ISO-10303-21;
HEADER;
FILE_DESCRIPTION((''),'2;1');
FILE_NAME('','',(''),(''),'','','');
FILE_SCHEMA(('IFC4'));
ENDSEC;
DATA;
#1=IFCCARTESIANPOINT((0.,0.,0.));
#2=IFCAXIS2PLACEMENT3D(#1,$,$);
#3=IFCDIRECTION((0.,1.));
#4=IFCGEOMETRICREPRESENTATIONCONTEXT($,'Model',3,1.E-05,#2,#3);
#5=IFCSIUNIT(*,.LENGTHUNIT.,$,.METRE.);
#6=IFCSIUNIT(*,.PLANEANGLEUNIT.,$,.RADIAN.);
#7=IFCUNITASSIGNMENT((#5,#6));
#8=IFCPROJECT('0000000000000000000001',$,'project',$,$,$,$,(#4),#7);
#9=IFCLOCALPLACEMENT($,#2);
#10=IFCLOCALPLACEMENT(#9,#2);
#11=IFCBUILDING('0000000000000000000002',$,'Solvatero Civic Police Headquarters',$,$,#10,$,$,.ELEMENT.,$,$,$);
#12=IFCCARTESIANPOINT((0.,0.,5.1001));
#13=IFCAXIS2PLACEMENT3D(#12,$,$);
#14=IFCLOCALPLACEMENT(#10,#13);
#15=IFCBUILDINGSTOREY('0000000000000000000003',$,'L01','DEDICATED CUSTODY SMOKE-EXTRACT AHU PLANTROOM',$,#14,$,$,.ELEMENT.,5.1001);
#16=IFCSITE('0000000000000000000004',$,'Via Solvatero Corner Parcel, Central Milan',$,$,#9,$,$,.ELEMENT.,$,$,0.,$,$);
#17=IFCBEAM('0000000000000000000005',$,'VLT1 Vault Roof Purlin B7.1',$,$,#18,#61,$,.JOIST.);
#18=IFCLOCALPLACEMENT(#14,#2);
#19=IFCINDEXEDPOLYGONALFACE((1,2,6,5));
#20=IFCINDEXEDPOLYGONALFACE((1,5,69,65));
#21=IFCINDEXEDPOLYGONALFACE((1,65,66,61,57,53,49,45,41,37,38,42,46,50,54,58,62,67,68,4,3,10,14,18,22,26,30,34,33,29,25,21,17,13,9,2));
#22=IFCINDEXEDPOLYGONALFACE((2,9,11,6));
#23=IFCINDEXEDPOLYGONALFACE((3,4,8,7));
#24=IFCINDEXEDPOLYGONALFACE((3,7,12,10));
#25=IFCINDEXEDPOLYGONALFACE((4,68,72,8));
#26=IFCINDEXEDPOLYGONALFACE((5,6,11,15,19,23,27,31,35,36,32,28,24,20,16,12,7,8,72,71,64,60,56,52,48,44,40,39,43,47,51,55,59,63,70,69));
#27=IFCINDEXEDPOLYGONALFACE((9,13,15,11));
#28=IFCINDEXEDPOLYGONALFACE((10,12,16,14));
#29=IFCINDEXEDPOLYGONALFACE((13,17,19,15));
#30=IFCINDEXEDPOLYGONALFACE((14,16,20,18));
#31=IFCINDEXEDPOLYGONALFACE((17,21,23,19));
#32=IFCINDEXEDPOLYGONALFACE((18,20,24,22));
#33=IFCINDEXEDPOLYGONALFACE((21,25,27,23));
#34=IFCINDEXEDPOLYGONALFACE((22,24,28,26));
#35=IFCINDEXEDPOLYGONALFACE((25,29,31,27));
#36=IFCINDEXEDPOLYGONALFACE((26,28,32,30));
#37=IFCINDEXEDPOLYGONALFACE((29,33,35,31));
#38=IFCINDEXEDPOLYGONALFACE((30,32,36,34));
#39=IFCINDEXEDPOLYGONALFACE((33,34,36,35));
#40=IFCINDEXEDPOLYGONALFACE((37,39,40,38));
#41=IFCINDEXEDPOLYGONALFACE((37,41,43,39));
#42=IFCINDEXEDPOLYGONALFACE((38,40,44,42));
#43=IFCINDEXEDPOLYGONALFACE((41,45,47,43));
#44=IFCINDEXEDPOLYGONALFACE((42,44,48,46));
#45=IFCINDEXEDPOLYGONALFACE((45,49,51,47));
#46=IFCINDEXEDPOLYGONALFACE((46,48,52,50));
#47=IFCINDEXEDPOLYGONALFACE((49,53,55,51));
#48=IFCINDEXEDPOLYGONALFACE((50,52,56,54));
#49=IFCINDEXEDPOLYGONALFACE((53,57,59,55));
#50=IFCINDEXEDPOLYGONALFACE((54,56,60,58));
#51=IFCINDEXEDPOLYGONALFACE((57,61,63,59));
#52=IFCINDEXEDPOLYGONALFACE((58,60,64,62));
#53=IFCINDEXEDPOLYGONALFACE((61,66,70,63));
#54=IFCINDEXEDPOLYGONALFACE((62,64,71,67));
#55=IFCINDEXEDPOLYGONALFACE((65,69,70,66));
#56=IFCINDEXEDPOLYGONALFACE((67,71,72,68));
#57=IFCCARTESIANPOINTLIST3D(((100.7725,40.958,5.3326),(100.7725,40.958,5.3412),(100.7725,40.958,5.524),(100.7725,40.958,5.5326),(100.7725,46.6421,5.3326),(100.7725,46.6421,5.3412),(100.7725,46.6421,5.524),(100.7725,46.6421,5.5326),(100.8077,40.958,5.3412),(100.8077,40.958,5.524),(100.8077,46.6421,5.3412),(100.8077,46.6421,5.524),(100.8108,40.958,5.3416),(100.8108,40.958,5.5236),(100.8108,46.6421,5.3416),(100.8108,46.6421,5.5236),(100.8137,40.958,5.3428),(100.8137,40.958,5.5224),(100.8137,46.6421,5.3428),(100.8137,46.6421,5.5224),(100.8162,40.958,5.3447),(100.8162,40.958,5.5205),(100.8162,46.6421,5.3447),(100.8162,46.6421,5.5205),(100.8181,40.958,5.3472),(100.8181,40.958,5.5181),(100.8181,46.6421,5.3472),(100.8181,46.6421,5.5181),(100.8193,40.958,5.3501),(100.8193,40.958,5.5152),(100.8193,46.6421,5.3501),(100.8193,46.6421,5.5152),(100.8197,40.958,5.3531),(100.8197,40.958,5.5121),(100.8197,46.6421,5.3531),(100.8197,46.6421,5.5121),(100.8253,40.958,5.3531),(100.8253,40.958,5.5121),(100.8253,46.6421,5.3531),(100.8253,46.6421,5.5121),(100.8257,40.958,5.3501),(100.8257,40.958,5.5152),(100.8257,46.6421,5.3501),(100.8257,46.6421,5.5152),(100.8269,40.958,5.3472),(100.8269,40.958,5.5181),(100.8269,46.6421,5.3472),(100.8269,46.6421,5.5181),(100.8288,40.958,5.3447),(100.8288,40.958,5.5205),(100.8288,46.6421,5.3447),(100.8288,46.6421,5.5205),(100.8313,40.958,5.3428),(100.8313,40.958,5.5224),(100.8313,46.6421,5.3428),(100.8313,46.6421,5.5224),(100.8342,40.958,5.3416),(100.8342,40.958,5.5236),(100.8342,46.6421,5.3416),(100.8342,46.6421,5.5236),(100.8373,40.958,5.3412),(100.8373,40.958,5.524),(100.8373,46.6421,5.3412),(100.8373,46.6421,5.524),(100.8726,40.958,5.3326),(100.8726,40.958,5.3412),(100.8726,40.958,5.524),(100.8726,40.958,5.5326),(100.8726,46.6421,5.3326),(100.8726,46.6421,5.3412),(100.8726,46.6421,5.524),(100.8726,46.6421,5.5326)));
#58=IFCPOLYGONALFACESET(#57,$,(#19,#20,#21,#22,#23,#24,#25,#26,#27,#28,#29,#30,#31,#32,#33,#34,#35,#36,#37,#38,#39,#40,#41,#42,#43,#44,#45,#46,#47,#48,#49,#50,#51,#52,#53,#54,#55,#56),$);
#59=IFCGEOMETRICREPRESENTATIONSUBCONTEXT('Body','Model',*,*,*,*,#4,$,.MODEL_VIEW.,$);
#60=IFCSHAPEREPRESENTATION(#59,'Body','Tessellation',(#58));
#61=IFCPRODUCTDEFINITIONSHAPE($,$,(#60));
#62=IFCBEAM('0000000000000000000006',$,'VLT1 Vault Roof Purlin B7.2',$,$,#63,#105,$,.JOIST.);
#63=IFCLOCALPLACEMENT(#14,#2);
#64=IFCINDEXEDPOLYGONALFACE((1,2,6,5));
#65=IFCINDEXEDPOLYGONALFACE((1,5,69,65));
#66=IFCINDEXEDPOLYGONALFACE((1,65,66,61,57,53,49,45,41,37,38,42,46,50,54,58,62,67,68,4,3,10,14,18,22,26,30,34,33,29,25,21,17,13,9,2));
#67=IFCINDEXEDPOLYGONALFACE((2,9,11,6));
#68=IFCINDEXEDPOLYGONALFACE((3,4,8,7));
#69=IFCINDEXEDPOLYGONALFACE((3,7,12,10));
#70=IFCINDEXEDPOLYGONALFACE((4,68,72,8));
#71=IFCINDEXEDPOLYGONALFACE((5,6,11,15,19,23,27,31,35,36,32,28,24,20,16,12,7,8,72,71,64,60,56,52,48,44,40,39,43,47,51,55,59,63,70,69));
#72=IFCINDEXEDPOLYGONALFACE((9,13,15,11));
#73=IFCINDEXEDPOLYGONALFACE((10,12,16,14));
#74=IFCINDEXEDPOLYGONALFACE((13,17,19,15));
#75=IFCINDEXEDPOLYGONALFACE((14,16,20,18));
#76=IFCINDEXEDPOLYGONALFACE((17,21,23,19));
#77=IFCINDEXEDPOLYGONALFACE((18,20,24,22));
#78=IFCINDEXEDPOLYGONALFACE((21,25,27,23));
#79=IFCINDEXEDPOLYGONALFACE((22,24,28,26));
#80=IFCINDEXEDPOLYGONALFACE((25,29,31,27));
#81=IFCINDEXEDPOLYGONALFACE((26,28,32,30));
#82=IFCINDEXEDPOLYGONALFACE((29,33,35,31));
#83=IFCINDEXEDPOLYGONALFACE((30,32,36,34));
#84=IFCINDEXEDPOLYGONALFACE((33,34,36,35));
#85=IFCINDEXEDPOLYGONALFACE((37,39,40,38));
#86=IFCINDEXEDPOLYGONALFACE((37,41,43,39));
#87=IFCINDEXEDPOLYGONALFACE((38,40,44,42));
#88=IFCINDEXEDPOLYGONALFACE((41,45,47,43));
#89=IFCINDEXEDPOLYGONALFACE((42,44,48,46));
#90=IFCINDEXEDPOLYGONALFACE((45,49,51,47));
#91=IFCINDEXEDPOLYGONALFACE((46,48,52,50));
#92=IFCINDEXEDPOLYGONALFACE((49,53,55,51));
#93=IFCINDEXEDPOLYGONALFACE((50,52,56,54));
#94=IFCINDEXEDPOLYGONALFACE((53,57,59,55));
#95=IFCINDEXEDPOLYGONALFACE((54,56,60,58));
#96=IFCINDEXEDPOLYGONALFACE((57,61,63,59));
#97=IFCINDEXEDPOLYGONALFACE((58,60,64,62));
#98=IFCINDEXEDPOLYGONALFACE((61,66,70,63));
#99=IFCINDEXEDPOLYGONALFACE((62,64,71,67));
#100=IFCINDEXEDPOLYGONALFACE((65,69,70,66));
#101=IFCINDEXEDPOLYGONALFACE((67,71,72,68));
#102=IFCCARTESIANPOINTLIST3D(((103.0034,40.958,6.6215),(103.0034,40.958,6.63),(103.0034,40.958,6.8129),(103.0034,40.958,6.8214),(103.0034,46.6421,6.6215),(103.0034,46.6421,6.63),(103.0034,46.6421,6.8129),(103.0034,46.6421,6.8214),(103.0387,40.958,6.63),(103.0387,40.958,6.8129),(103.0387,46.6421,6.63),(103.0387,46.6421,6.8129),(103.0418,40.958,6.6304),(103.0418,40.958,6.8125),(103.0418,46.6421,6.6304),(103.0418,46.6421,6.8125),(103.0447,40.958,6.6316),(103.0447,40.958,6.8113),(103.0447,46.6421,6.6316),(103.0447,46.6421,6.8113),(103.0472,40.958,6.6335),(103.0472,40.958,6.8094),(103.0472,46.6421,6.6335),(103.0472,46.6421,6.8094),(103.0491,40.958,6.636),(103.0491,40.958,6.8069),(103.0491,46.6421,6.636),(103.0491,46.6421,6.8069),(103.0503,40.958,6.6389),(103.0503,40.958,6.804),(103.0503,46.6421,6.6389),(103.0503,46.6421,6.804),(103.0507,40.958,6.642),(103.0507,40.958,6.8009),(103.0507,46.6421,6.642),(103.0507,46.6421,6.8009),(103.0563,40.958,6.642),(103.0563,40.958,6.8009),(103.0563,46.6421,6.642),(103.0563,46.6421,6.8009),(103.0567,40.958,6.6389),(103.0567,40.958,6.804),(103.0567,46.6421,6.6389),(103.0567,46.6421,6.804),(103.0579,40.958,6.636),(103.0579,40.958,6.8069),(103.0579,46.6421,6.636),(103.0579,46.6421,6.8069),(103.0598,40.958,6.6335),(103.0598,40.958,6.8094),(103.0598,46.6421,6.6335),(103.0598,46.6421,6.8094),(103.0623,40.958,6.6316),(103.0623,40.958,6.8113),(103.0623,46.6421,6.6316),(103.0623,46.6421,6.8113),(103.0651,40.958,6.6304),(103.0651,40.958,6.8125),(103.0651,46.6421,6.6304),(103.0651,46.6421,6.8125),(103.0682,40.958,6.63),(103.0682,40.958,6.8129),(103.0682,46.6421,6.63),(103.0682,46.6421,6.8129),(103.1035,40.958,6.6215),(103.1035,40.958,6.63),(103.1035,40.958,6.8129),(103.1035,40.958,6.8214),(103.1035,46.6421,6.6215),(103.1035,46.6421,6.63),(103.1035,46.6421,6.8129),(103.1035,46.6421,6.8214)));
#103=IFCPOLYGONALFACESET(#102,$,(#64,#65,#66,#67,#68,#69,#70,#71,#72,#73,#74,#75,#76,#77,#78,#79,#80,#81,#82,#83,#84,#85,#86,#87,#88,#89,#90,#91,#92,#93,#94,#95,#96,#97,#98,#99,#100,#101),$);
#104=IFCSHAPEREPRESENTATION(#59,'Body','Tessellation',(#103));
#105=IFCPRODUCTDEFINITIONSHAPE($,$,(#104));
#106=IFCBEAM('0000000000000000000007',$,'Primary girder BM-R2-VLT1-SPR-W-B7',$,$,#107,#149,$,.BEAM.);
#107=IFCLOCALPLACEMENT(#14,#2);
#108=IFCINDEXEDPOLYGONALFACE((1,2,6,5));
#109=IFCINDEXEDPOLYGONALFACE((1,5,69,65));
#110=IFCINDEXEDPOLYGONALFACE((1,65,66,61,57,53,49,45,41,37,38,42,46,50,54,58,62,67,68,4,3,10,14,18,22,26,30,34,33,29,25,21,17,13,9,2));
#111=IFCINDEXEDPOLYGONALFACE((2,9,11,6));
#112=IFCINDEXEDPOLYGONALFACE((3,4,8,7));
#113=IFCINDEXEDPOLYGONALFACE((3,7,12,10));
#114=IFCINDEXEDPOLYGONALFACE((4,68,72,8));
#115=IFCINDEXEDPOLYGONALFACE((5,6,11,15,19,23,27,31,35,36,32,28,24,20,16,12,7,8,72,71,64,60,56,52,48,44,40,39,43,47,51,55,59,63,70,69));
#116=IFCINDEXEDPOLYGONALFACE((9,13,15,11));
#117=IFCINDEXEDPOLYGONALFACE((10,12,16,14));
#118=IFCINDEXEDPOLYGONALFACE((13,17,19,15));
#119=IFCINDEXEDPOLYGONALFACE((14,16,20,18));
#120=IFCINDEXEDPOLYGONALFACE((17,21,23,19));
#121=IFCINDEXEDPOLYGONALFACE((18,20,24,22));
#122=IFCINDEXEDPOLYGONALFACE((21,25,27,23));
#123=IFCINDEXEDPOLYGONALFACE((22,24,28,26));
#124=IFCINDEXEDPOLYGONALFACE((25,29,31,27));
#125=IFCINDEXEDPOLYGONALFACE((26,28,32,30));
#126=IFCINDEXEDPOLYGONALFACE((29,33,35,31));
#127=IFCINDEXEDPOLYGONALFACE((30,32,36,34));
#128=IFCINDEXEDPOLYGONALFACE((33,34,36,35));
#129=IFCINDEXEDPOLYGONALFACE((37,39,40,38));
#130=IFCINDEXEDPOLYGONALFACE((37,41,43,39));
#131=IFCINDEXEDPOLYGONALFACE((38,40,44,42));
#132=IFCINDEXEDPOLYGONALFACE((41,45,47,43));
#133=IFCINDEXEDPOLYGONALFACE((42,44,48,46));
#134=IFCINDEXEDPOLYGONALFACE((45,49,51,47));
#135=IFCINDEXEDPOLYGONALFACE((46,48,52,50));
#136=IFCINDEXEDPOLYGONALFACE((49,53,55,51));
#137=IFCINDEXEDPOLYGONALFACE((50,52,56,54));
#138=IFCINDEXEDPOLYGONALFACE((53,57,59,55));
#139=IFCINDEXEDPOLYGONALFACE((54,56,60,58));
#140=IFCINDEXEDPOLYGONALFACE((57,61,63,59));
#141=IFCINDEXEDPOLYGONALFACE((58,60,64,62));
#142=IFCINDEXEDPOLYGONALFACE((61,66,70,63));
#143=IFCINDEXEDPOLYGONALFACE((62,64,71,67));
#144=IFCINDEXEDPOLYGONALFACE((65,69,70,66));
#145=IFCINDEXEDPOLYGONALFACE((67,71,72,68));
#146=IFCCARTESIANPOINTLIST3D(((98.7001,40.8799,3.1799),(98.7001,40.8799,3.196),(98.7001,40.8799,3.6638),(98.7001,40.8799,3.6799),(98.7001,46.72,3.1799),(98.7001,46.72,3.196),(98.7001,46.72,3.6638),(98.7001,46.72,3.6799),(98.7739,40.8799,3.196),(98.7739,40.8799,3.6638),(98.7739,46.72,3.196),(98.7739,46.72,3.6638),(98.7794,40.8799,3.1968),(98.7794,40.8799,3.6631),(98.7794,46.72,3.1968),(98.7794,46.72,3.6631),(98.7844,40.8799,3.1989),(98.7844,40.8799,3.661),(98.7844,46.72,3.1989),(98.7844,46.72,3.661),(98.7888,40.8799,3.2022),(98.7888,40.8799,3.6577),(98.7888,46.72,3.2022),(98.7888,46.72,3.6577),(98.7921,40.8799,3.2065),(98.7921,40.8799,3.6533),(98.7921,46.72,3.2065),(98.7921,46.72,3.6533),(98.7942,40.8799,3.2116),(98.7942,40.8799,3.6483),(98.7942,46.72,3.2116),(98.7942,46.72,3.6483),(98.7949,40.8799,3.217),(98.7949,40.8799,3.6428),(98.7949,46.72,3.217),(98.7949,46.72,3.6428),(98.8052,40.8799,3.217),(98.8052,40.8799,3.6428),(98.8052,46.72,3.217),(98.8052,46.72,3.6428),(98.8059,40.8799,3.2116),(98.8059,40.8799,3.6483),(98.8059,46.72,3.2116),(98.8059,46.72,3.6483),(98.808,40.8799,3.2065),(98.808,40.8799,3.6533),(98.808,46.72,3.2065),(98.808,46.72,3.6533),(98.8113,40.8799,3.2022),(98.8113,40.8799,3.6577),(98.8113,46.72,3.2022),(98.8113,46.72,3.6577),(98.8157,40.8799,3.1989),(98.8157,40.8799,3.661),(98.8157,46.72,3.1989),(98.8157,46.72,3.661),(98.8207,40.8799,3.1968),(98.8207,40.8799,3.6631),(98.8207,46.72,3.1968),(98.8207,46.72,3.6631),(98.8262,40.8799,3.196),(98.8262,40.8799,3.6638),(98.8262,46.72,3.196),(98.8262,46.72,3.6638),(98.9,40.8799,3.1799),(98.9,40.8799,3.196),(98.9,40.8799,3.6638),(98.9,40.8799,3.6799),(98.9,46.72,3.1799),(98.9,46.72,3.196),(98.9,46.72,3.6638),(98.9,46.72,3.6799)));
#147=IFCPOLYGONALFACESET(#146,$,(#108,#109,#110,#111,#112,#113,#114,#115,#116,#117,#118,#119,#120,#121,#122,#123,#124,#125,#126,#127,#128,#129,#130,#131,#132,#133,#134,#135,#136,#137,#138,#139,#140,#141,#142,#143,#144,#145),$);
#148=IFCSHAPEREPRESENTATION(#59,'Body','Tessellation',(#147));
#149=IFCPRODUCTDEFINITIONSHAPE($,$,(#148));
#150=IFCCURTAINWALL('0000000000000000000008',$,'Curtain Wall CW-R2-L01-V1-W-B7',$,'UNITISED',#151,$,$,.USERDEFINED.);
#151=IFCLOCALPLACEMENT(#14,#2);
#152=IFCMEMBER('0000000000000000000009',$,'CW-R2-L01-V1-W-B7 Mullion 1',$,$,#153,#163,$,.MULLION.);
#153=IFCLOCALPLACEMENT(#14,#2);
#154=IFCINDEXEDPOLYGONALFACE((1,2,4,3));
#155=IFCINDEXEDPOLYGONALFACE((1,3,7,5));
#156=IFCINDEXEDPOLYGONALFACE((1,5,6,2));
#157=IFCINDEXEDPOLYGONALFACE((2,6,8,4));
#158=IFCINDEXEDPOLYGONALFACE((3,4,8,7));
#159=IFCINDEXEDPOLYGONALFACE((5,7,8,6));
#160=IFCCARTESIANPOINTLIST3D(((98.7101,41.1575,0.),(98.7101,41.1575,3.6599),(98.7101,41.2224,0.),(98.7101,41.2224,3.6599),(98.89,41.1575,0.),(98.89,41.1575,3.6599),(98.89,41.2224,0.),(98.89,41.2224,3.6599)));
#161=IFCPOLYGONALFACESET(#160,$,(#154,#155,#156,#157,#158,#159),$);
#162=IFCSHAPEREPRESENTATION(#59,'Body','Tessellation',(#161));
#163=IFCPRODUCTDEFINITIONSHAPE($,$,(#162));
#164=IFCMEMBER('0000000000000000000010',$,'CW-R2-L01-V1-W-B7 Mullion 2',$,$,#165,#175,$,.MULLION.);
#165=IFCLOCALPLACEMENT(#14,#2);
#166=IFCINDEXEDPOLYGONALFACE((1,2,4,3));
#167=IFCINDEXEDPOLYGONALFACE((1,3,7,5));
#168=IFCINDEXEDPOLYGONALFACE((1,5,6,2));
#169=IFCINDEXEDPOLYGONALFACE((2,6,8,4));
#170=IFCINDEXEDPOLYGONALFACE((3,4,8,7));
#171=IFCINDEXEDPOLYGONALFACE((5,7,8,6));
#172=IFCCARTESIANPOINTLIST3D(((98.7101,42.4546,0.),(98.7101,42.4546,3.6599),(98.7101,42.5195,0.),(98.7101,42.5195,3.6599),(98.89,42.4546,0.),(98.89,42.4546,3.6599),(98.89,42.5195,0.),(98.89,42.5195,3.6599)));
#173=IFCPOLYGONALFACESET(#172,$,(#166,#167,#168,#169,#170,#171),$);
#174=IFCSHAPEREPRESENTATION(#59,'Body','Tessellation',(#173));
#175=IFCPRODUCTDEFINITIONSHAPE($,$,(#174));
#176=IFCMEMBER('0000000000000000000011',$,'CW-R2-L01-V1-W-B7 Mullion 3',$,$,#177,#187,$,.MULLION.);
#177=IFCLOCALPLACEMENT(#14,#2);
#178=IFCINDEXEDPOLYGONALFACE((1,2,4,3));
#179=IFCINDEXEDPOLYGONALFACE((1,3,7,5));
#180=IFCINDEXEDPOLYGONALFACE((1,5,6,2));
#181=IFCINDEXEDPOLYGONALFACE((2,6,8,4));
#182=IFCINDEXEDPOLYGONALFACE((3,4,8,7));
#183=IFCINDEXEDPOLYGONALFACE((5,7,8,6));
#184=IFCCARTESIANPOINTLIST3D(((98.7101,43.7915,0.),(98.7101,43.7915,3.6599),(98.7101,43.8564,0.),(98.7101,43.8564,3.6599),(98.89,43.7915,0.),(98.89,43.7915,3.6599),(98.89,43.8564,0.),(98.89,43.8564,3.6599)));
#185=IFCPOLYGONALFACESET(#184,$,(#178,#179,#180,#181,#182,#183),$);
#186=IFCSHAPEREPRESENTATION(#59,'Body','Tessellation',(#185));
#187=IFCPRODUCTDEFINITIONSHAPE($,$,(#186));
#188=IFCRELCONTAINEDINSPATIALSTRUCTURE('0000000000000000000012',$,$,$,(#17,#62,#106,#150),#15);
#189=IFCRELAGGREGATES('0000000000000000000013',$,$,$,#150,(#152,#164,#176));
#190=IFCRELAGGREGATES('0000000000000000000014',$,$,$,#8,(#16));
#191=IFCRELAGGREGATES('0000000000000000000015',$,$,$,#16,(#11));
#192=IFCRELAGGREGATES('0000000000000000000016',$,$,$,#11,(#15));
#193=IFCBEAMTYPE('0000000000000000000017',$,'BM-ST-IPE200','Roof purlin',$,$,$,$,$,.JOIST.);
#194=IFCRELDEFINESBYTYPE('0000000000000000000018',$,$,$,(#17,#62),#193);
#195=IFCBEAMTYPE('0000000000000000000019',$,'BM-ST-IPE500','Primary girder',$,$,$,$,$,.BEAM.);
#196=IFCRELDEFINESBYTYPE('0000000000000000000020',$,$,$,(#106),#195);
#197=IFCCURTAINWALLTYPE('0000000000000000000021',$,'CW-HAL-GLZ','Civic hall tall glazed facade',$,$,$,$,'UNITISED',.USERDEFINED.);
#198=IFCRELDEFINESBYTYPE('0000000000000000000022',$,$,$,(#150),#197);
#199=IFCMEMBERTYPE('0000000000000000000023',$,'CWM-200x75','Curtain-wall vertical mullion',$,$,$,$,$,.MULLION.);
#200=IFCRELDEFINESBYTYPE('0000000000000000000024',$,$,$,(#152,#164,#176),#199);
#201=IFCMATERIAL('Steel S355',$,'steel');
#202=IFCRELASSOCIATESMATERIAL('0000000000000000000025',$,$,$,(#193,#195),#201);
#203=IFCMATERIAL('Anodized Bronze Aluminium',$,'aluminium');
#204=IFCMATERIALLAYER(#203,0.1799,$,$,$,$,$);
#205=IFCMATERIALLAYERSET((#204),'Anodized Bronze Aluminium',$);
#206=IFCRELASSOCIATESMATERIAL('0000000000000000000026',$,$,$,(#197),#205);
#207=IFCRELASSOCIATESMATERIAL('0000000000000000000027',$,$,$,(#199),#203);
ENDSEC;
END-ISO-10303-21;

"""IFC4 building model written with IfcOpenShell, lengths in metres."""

from ifc_helpers import new_model, si_unit, direction, frame, origin, origin_2d, place, context, subcontext, project, spatial, rectangle, i_section, extrude, material, layer, layer_set, material_profile, profile_set, type_object, element, aggregate, save


model = new_model("IFC4")

# Units and contexts
model_context = context("Model", 3, precision=1e-05, world=origin(), true_north=direction((0.0, 1.0)))
body_context = subcontext(model_context, "Body", "Model", "MODEL_VIEW")
ifc_project = project(units=[si_unit("LENGTHUNIT", "METRE"), si_unit("PLANEANGLEUNIT", "RADIAN")], contexts=[model_context])

# Site, building, storey
site_placement = place(None, origin())
site = spatial("IfcSite", under=ifc_project, at=site_placement, Name="Via Solvatero Corner Parcel, Central Milan", CompositionType="ELEMENT", RefElevation=0.0)
building_placement = place(site_placement, origin())
building = spatial("IfcBuilding", under=site, at=building_placement, Name="Solvatero Civic Police Headquarters", CompositionType="ELEMENT")
storey_placement = place(building_placement, frame((0.0, 0.0, 5.1001)))
storey = spatial("IfcBuildingStorey", under=building, at=storey_placement, Name="L01", Description="DEDICATED CUSTODY SMOKE-EXTRACT AHU PLANTROOM", CompositionType="ELEMENT", Elevation=5.1001)

# Beams
ifc_material_1 = material(Name="Steel S355", Category="steel")
ifc_material_profile_1 = material_profile(ifc_material_1, i_section(OverallWidth=0.1001, OverallDepth=0.2, WebThickness=0.0056, FlangeThickness=0.0085, FilletRadius=0.012, at=origin_2d()), Name="IPE 200")
ifc_profile_set_1 = profile_set([ifc_material_profile_1], Name="Steel S355")
beam_type_1 = type_object("IfcBeamType", Name="BM-ST-IPE200", Description="Roof purlin", PredefinedType="JOIST", material=ifc_profile_set_1)
for number, where, z_axis, x_axis, name in (
    (1, (100.8225, 40.958, 5.4326), (0.0, 1.0, 0.0), (-1.0, 0.0, 0.0), "VLT1 Vault Roof Purlin B7.1"),
    (2, (103.0535, 40.958, 6.7214), (0.0, 1.0, 0.0), (-1.0, 0.0, 0.0), "VLT1 Vault Roof Purlin B7.2"),
):
    element("IfcBeam", number, at=place(storey_placement, frame(where, z_axis=z_axis, x_axis=x_axis)), inside=storey, type_object=beam_type_1, Name=name, PredefinedType="JOIST", context=body_context, shape_type="SweptSolid", body=[
        extrude(i_section(OverallWidth=0.1001, OverallDepth=0.2, WebThickness=0.0056, FlangeThickness=0.0085, FilletRadius=0.012, at=origin_2d()), origin(), (0.0, 0.0, 1.0), 5.6841),
    ])
ifc_material_profile_2 = material_profile(ifc_material_1, i_section(OverallWidth=0.2, OverallDepth=0.5, WebThickness=0.0103, FlangeThickness=0.0161, FilletRadius=0.021, at=origin_2d()), Name="IPE 500")
ifc_profile_set_2 = profile_set([ifc_material_profile_2], Name="Steel S355")
beam_type_2 = type_object("IfcBeamType", Name="BM-ST-IPE500", Description="Primary girder", PredefinedType="BEAM", material=ifc_profile_set_2)
beam_1_placement = place(storey_placement, frame((98.8, 40.8799, 3.4299), z_axis=(0.0, 1.0, 0.0), x_axis=(-1.0, 0.0, 0.0)))
element("IfcBeam", 3, at=beam_1_placement, inside=storey, type_object=beam_type_2, Name="Primary girder BM-R2-VLT1-SPR-W-B7", PredefinedType="BEAM", context=body_context, shape_type="SweptSolid", body=[
    extrude(i_section(OverallWidth=0.2, OverallDepth=0.5, WebThickness=0.0103, FlangeThickness=0.0161, FilletRadius=0.021, at=origin_2d()), origin(), (0.0, 0.0, 1.0), 5.8401),
])

# Curtain wall, members
ifc_material_2 = material(Name="Anodized Bronze Aluminium", Category="aluminium")
ifc_layer_1 = layer(ifc_material_2, 0.1799)
ifc_layer_set_1 = layer_set([ifc_layer_1], Name="Anodized Bronze Aluminium")
curtain_wall_type = type_object("IfcCurtainWallType", Name="CW-HAL-GLZ", Description="Civic hall tall glazed facade", ElementType="UNITISED", PredefinedType="USERDEFINED", material=ifc_layer_set_1)
curtain_wall_placement = place(storey_placement, origin())
curtain_wall = element("IfcCurtainWall", 4, at=curtain_wall_placement, inside=storey, type_object=curtain_wall_type, Name="Curtain Wall CW-R2-L01-V1-W-B7", ObjectType="UNITISED", PredefinedType="USERDEFINED")
ifc_material_profile_3 = material_profile(ifc_material_2, rectangle(XDim=0.0649, YDim=0.1799, at=origin_2d()), Name="ALU MULLION 65x180")
ifc_profile_set_3 = profile_set([ifc_material_profile_3], Name="Anodized Bronze Aluminium")
member_type_1 = type_object("IfcMemberType", Name="CWM-200x75", Description="Curtain-wall vertical mullion", PredefinedType="MULLION", material=ifc_profile_set_3)
member_1_placement = place(storey_placement, frame((98.8, 41.1899, 0.0), z_axis=(0.0, 0.0, 1.0), x_axis=(0.0, 1.0, 0.0)))
member_1 = element("IfcMember", 5, at=member_1_placement, type_object=member_type_1, Name="CW-R2-L01-V1-W-B7 Mullion 1", PredefinedType="MULLION", context=body_context, shape_type="SweptSolid", body=[
    extrude(rectangle(XDim=0.0649, YDim=0.1799, at=origin_2d()), origin(), (0.0, 0.0, 1.0), 3.6599),
])
member_2_placement = place(storey_placement, frame((98.8, 42.4871, 0.0), z_axis=(0.0, 0.0, 1.0), x_axis=(0.0, 1.0, 0.0)))
member_2 = element("IfcMember", 6, at=member_2_placement, type_object=member_type_1, Name="CW-R2-L01-V1-W-B7 Mullion 2", PredefinedType="MULLION", context=body_context, shape_type="SweptSolid", body=[
    extrude(rectangle(XDim=0.0649, YDim=0.1799, at=origin_2d()), origin(), (0.0, 0.0, 1.0), 3.6599),
])
member_3_placement = place(storey_placement, frame((98.8, 43.824, 0.0), z_axis=(0.0, 0.0, 1.0), x_axis=(0.0, 1.0, 0.0)))
member_3 = element("IfcMember", 7, at=member_3_placement, type_object=member_type_1, Name="CW-R2-L01-V1-W-B7 Mullion 3", PredefinedType="MULLION", context=body_context, shape_type="SweptSolid", body=[
    extrude(rectangle(XDim=0.0649, YDim=0.1799, at=origin_2d()), origin(), (0.0, 0.0, 1.0), 3.6599),
])

aggregate(curtain_wall, [member_1, member_2, member_3])

save(model, "model.ifc")
